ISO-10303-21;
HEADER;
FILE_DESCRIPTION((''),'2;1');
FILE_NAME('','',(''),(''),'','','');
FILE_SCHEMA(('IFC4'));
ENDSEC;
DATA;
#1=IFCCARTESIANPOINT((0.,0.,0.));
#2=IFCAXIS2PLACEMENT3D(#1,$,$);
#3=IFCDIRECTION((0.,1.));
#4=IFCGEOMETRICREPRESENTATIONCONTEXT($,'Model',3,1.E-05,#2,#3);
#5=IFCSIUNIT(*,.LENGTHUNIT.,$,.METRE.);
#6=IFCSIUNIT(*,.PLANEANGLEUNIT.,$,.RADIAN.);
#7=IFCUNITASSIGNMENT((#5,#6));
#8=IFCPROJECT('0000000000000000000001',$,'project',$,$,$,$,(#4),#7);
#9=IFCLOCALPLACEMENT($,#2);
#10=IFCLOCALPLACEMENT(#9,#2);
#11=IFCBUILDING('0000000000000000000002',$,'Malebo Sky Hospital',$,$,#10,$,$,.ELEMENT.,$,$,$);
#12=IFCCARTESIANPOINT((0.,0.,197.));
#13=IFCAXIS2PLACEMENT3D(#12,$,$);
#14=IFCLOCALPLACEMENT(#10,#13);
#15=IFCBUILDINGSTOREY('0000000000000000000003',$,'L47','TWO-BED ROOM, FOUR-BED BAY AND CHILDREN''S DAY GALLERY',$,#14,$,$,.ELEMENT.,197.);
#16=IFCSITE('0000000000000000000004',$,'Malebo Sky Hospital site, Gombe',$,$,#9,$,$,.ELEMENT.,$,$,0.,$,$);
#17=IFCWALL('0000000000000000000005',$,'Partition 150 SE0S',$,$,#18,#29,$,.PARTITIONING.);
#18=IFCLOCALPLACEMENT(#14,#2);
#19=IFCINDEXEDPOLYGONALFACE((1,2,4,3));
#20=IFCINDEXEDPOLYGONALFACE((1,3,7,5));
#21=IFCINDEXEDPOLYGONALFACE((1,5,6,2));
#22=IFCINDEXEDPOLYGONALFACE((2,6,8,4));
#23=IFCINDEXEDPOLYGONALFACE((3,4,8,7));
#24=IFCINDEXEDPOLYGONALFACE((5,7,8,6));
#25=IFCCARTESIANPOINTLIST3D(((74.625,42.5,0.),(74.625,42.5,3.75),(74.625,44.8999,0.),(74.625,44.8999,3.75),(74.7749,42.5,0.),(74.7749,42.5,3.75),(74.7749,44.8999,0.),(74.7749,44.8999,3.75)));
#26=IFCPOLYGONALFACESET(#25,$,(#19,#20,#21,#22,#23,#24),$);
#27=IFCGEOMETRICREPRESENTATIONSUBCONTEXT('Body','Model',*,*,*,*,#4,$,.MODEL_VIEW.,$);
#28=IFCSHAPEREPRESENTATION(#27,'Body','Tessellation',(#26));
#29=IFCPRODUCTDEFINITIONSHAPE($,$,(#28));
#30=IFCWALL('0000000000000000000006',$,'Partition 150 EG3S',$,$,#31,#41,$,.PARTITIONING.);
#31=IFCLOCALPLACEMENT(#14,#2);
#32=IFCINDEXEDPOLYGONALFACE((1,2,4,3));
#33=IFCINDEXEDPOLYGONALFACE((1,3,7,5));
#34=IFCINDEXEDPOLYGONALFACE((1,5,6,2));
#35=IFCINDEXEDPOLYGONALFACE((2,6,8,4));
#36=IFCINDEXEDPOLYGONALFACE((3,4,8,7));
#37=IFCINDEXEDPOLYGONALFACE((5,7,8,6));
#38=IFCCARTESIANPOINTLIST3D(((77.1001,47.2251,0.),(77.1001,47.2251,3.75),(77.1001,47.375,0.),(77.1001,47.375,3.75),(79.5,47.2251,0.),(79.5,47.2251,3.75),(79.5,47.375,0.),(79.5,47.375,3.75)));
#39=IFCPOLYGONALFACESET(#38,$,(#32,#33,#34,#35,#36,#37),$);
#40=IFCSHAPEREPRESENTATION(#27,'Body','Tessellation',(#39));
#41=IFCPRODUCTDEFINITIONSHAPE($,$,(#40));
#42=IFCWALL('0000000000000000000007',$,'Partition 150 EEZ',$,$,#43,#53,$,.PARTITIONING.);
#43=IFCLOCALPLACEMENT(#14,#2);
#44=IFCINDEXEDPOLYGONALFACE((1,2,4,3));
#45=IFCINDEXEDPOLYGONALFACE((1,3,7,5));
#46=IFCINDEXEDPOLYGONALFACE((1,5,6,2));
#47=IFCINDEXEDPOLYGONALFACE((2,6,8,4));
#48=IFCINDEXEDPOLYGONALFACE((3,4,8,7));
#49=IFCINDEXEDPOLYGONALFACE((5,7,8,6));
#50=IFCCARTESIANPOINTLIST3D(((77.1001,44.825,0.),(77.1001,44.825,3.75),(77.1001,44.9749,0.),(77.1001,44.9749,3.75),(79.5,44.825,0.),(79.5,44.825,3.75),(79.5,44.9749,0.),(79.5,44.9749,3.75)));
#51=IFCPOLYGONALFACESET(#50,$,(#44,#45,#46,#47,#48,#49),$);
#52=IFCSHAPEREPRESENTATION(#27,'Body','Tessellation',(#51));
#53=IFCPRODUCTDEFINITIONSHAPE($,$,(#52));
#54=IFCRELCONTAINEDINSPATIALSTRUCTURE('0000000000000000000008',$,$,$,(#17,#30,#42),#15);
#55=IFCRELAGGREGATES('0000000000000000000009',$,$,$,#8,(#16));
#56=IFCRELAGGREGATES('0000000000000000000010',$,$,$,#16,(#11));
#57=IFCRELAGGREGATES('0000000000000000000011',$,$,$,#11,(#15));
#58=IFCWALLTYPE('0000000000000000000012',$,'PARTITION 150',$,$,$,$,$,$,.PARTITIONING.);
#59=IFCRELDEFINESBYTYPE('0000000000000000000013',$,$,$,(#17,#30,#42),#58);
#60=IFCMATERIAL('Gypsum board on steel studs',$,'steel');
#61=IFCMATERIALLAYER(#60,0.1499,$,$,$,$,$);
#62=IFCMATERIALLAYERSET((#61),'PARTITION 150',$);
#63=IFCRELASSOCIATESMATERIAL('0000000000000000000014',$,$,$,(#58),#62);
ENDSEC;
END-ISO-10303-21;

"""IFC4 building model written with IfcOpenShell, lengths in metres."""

from ifc_helpers import new_model, si_unit, direction, frame, frame_2d, origin, place, context, subcontext, project, spatial, rectangle, extrude, material, layer, layer_set, type_object, element, save


model = new_model("IFC4")

# Units and contexts
model_context = context("Model", 3, precision=1e-05, world=origin(), true_north=direction((0.0, 1.0)))
body_context = subcontext(model_context, "Body", "Model", "MODEL_VIEW")
ifc_project = project(units=[si_unit("LENGTHUNIT", "METRE"), si_unit("PLANEANGLEUNIT", "RADIAN")], contexts=[model_context])

# Site, building, storey
site_placement = place(None, origin())
site = spatial("IfcSite", under=ifc_project, at=site_placement, Name="Malebo Sky Hospital site, Gombe", CompositionType="ELEMENT", RefElevation=0.0)
building_placement = place(site_placement, origin())
building = spatial("IfcBuilding", under=site, at=building_placement, Name="Malebo Sky Hospital", CompositionType="ELEMENT")
storey_placement = place(building_placement, frame((0.0, 0.0, 197.0)))
storey = spatial("IfcBuildingStorey", under=building, at=storey_placement, Name="L47", Description="TWO-BED ROOM, FOUR-BED BAY AND CHILDREN'S DAY GALLERY", CompositionType="ELEMENT", Elevation=197.0)

# Shared definitions
ifc_material_1 = material(Name="Gypsum board on steel studs", Category="steel")

# Shared definitions
ifc_layer_1 = layer(ifc_material_1, 0.1499)
ifc_layer_set_1 = layer_set([ifc_layer_1], Name="PARTITION 150")
wall_type_1 = type_object("IfcWallType", Name="PARTITION 150", PredefinedType="PARTITIONING", material=ifc_layer_set_1)

# Walls
for number, where, z_axis, x_axis, name in (
    (1, (74.7, 44.8999, 0.0), (0.0, 0.0, 1.0), (0.0, -1.0, 0.0), "Partition 150 SE0S"),
    (2, (77.1001, 47.3, 0.0), (0.0, 0.0, 1.0), (1.0, 0.0, 0.0), "Partition 150 EG3S"),
    (3, (77.1001, 44.8999, 0.0), (0.0, 0.0, 1.0), (1.0, 0.0, 0.0), "Partition 150 EEZ"),
):
    element("IfcWall", number, at=place(storey_placement, frame(where, z_axis=z_axis, x_axis=x_axis)), inside=storey, type_object=wall_type_1, Name=name, PredefinedType="PARTITIONING", context=body_context, shape_type="SweptSolid", body=[
        extrude(rectangle(XDim=2.3999, YDim=0.1499, at=frame_2d((1.2, 0.0))), origin(), (0.0, 0.0, 1.0), 3.75),
    ])

save(model, "model.ifc")
